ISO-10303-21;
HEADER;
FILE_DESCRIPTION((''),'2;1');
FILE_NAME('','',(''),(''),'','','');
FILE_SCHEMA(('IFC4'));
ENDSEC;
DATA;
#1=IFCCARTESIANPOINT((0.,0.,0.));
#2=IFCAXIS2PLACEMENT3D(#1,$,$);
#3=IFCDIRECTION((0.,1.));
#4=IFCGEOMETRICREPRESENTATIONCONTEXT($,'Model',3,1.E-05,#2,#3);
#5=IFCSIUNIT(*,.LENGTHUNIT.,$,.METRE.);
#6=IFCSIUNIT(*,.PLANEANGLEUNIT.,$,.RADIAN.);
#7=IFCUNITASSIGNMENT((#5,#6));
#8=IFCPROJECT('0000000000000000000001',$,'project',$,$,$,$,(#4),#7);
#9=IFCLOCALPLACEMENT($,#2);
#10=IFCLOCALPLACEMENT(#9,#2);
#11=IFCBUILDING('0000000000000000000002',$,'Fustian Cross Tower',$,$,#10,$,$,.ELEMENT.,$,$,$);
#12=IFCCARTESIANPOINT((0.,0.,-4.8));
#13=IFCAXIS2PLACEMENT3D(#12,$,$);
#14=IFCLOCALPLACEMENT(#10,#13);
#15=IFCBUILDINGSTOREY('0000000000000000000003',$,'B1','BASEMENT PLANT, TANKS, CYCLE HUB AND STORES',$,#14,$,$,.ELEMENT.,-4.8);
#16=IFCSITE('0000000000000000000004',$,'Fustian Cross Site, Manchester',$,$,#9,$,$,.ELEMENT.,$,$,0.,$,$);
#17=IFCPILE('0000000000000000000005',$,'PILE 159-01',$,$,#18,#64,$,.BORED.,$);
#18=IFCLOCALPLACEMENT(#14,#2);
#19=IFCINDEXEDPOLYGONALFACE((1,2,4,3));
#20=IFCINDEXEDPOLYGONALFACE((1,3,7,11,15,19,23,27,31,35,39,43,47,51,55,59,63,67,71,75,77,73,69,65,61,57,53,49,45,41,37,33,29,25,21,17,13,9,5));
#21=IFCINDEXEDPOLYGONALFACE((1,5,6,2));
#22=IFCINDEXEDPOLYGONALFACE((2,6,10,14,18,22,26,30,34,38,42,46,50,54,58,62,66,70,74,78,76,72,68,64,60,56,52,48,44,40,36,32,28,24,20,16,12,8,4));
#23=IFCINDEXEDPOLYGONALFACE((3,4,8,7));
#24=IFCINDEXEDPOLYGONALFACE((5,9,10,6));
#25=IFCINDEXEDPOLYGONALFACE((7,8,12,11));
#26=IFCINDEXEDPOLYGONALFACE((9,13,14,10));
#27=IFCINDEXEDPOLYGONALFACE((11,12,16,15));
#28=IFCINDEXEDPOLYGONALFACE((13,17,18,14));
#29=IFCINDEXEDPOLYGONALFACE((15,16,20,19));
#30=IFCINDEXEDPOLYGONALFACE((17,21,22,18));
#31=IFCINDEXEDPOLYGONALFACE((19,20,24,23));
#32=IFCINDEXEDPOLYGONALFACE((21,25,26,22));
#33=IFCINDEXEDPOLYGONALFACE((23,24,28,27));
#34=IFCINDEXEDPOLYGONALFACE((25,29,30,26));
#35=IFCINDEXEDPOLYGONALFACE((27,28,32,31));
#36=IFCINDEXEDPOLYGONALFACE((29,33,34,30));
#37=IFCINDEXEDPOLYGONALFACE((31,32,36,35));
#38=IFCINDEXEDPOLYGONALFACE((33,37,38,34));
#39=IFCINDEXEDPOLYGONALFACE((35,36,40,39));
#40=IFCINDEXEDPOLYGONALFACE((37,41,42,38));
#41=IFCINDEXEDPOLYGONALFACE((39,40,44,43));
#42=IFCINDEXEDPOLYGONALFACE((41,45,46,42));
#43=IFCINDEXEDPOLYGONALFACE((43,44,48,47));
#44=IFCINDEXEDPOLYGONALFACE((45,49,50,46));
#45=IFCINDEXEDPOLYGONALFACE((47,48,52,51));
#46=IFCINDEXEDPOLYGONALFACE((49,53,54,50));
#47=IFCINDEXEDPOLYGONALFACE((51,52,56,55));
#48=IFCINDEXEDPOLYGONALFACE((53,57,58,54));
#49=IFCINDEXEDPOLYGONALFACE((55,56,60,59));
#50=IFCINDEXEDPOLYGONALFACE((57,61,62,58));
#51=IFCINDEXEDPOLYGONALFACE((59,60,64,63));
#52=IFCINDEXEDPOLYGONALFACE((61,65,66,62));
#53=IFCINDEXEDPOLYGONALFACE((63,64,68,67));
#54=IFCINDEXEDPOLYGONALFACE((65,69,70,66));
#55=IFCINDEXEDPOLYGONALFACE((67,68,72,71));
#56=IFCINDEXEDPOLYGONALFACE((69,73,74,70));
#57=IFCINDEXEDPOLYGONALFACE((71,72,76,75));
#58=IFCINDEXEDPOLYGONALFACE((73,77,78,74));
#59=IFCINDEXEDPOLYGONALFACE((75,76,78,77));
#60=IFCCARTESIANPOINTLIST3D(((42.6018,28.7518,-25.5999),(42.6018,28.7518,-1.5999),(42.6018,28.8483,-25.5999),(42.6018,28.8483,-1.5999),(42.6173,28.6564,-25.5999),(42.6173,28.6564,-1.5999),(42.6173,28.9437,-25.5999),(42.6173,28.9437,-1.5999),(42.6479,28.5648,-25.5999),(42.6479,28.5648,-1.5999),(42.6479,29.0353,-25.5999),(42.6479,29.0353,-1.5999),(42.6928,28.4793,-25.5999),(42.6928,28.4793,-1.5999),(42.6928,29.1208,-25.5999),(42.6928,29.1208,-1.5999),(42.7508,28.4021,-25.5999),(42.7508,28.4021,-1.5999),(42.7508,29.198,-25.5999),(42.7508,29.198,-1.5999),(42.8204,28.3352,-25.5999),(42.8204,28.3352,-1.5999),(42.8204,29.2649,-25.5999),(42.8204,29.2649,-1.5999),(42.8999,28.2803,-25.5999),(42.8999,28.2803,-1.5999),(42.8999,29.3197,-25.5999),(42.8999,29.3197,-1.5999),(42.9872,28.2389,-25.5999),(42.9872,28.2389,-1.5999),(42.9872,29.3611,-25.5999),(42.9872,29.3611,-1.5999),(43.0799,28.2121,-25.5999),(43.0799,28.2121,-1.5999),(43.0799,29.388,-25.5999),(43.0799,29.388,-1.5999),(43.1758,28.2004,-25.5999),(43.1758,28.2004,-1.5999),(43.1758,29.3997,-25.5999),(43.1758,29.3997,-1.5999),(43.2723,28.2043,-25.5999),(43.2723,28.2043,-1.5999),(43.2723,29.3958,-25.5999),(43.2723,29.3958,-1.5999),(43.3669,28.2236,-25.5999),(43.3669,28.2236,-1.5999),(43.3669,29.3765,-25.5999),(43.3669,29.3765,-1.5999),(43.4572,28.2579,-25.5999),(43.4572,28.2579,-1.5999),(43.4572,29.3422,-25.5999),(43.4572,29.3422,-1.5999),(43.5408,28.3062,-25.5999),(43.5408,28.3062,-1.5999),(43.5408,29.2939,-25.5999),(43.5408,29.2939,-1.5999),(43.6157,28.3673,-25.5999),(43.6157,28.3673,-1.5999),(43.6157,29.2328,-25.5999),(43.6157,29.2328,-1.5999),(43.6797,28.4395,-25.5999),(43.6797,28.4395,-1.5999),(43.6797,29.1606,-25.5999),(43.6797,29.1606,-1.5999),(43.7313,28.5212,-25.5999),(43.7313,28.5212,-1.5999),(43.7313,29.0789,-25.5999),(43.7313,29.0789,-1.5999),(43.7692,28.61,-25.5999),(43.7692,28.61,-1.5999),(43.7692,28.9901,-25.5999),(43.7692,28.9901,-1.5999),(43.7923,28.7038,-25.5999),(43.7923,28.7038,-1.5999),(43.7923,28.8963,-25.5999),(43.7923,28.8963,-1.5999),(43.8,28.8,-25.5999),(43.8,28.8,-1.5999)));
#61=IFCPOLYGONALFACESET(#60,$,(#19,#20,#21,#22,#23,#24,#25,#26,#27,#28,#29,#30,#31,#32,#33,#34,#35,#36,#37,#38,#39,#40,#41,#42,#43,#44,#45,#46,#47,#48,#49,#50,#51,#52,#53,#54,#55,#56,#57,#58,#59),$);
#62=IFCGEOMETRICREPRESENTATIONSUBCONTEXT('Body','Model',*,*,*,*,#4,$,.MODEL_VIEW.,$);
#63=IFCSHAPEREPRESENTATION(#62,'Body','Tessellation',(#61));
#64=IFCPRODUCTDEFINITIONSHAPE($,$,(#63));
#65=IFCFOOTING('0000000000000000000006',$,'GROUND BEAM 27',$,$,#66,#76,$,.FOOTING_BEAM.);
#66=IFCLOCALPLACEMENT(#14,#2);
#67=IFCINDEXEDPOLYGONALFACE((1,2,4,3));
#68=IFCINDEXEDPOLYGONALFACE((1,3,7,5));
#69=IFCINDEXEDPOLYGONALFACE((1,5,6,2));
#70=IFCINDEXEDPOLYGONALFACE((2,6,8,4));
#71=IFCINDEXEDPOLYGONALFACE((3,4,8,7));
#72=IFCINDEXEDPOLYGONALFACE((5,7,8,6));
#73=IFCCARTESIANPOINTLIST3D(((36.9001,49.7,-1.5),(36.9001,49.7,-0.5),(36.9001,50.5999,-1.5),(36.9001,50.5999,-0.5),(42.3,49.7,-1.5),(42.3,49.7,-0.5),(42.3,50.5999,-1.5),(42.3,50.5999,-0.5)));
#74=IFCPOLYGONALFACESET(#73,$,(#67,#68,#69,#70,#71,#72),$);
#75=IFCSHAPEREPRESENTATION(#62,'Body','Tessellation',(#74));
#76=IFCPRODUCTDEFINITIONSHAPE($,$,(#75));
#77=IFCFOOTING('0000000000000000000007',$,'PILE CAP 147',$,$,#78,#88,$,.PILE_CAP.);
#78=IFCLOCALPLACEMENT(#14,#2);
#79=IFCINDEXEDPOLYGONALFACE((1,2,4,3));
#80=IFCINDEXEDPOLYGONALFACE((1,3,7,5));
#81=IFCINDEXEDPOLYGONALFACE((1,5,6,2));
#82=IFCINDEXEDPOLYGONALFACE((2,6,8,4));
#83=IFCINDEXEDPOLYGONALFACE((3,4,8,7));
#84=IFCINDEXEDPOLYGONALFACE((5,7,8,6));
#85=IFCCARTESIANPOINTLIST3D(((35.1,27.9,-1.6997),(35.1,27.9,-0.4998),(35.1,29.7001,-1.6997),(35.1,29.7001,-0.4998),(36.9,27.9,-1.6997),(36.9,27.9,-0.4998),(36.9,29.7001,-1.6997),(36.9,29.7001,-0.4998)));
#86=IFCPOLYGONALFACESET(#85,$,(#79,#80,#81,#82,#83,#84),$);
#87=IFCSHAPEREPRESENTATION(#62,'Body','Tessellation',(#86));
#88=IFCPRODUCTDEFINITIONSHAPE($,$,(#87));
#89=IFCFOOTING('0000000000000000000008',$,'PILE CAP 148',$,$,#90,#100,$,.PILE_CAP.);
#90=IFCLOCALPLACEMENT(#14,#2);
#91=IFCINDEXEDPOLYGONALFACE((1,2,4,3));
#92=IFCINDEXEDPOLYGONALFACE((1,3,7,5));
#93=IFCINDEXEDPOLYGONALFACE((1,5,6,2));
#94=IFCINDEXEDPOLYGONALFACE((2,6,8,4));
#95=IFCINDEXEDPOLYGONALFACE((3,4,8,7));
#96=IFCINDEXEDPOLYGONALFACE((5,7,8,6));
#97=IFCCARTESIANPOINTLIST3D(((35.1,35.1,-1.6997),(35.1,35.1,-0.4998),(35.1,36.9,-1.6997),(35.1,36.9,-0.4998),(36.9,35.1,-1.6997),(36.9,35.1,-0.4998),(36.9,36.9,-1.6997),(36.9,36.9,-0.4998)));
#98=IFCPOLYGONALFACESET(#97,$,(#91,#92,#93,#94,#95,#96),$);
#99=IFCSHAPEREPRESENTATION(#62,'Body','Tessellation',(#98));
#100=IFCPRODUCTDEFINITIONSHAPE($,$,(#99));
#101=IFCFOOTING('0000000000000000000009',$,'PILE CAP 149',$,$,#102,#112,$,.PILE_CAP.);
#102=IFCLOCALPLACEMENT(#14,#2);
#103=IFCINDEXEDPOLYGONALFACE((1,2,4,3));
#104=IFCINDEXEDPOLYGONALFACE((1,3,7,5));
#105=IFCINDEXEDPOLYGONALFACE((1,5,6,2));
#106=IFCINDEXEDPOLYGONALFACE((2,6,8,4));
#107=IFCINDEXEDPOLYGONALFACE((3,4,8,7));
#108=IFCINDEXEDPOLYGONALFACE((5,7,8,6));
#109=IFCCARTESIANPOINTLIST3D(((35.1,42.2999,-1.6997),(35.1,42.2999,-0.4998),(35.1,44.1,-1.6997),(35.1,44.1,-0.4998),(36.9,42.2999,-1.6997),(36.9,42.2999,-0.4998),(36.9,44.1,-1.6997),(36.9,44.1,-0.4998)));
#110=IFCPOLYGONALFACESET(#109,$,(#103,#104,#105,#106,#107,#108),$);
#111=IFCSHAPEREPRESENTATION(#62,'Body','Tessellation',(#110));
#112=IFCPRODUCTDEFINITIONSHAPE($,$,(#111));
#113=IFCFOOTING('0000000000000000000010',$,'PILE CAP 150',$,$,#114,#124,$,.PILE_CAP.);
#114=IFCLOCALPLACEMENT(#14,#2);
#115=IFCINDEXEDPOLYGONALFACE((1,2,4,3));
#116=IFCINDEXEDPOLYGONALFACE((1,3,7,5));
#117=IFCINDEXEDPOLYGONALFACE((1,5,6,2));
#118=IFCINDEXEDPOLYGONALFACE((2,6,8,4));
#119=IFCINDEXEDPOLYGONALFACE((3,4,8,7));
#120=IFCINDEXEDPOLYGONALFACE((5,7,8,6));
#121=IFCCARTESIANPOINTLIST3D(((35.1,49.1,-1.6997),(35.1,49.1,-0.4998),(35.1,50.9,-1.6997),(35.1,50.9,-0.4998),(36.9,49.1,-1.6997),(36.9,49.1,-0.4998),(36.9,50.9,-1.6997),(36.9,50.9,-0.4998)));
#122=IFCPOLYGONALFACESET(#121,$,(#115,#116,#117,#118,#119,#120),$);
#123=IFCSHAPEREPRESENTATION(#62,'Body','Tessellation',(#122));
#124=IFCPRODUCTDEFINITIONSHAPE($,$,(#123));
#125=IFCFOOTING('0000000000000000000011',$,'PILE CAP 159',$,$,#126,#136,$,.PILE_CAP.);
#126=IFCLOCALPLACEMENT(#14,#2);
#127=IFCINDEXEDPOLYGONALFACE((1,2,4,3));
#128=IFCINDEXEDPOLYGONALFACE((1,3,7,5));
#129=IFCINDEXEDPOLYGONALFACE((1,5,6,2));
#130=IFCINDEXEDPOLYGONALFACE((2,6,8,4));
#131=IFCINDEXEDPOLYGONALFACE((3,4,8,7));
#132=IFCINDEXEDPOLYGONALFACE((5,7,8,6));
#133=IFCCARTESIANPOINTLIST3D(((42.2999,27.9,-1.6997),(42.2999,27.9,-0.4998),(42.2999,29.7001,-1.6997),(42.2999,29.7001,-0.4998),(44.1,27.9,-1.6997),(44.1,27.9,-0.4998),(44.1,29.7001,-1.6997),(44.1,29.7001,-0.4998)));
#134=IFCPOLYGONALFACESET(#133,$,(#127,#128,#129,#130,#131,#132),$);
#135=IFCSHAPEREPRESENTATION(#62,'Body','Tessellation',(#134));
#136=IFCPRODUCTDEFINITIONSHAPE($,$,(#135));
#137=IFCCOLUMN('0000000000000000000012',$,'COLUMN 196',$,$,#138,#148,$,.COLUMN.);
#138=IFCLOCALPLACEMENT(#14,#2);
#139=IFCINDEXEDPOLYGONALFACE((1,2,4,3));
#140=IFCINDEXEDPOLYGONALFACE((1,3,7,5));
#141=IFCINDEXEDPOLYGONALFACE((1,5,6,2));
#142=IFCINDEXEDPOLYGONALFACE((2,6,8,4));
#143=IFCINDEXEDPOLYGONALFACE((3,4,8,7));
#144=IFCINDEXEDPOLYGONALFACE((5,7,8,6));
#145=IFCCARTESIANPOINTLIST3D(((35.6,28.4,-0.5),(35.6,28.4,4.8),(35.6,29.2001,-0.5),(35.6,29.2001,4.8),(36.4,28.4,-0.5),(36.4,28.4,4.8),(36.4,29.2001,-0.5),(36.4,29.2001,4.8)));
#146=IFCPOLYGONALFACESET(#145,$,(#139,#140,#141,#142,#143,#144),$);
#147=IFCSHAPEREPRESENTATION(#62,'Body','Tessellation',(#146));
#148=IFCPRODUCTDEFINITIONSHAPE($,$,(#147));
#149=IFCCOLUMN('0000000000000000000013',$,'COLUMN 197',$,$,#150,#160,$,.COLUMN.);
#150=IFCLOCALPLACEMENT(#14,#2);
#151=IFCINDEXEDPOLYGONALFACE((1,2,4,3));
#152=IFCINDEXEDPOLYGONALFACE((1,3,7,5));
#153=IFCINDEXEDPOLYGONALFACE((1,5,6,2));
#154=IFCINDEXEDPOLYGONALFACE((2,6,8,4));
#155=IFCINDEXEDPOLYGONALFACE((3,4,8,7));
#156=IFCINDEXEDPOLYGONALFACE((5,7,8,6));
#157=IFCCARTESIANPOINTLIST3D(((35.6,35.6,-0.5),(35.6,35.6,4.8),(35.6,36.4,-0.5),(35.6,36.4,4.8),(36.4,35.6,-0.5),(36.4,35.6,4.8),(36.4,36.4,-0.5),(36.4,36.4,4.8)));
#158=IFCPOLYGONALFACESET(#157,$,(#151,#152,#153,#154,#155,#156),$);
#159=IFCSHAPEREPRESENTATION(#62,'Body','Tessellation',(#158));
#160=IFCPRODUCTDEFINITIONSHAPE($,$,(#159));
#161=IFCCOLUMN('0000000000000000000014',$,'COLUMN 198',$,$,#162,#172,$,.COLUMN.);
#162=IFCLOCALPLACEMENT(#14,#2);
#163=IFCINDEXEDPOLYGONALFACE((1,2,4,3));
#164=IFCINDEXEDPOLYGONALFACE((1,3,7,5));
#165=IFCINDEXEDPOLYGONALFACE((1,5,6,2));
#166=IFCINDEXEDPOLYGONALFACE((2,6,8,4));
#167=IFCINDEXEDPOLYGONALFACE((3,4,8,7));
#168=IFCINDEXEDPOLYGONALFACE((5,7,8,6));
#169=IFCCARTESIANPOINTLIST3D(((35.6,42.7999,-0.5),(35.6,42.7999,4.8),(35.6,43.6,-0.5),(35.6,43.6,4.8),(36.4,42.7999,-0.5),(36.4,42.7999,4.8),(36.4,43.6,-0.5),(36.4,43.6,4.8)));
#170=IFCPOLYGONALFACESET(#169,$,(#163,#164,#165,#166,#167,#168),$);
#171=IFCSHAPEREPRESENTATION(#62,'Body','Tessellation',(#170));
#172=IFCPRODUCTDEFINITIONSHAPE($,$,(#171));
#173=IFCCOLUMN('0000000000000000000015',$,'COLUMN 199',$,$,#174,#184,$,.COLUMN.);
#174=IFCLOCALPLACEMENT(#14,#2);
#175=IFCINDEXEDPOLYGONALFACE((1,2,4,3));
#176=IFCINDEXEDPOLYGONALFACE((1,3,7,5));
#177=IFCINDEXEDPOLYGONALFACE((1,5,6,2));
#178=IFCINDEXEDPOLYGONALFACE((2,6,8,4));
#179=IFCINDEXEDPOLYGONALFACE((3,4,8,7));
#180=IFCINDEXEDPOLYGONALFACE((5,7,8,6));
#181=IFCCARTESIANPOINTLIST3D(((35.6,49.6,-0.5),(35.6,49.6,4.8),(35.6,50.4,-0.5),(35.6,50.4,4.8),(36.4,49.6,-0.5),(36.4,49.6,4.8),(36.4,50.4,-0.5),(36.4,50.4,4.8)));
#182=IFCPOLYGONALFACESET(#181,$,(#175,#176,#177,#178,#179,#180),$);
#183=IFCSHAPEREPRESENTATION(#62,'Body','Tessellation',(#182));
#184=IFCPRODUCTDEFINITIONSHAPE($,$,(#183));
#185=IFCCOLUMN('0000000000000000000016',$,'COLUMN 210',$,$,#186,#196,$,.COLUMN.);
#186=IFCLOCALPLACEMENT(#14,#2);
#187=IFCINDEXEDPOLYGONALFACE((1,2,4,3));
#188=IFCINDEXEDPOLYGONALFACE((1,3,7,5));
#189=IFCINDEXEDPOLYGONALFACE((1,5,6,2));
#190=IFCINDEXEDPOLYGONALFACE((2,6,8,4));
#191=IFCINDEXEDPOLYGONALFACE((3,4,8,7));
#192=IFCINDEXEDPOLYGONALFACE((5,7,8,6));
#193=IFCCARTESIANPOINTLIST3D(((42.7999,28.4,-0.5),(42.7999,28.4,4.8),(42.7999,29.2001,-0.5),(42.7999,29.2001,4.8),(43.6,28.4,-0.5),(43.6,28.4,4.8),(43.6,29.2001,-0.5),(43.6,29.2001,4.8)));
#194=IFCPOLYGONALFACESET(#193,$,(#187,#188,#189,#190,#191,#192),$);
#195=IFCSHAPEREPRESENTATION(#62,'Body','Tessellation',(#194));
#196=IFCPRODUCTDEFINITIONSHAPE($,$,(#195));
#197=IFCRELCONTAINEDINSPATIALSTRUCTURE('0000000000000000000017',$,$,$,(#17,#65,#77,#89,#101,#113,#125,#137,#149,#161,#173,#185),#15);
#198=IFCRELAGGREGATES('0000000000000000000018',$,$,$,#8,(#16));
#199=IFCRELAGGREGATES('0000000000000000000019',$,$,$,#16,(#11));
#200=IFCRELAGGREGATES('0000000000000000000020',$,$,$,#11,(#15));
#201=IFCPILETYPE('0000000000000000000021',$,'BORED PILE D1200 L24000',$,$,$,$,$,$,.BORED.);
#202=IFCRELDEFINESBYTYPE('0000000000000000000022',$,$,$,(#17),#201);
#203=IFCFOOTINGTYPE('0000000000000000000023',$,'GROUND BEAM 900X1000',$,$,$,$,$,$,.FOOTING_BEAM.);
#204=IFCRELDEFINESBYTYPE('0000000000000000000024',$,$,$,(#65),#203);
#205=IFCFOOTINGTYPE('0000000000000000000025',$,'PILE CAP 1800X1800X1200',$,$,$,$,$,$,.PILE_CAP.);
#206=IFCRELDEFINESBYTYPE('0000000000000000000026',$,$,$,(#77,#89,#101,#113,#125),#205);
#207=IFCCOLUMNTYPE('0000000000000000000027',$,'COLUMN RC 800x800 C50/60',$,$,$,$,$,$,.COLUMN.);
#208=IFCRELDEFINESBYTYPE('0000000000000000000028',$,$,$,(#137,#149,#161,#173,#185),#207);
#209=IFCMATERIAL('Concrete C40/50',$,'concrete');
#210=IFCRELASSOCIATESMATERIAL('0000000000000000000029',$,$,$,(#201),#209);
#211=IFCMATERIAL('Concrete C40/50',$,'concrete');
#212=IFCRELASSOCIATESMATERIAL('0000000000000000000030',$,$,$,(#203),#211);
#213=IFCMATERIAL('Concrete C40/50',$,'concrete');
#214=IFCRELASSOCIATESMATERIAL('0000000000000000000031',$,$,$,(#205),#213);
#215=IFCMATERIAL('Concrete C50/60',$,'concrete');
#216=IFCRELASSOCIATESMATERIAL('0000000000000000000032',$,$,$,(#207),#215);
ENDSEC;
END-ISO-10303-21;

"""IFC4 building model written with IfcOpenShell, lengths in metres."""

from ifc_helpers import new_model, si_unit, direction, frame, origin, origin_2d, place, context, subcontext, project, spatial, rectangle, circle, extrude, material, material_profile, profile_set, type_object, element, save


model = new_model("IFC4")

# Units and contexts
model_context = context("Model", 3, precision=1e-05, world=origin(), true_north=direction((0.0, 1.0)))
body_context = subcontext(model_context, "Body", "Model", "MODEL_VIEW")
ifc_project = project(units=[si_unit("LENGTHUNIT", "METRE"), si_unit("PLANEANGLEUNIT", "RADIAN")], contexts=[model_context])

# Site, building, storey
site_placement = place(None, origin())
site = spatial("IfcSite", under=ifc_project, at=site_placement, Name="Fustian Cross Site, Manchester", CompositionType="ELEMENT", RefElevation=0.0)
building_placement = place(site_placement, origin())
building = spatial("IfcBuilding", under=site, at=building_placement, Name="Fustian Cross Tower", CompositionType="ELEMENT")
storey_placement = place(building_placement, frame((0.0, 0.0, -4.8)))
storey = spatial("IfcBuildingStorey", under=building, at=storey_placement, Name="B1", Description="BASEMENT PLANT, TANKS, CYCLE HUB AND STORES", CompositionType="ELEMENT", Elevation=-4.8)

# Pile
ifc_material_1 = material(Name="Concrete C40/50", Category="concrete")
ifc_material_profile_1 = material_profile(ifc_material_1, circle(Radius=0.6001, at=origin_2d()), Name="BORED PILE D1200 L24000")
ifc_profile_set_1 = profile_set([ifc_material_profile_1], Name="Concrete C40/50")
pile_type = type_object("IfcPileType", Name="BORED PILE D1200 L24000", PredefinedType="BORED", material=ifc_profile_set_1)
for number, where, z_axis, x_axis, name in (
    (1, (43.2, 28.8, -1.5999), (0.0, 0.0, -1.0), (1.0, 0.0, 0.0), "PILE 159-01"),
):
    element("IfcPile", number, at=place(storey_placement, frame(where, z_axis=z_axis, x_axis=x_axis)), inside=storey, type_object=pile_type, Name=name, PredefinedType="BORED", context=body_context, shape_type="SweptSolid", body=[
        extrude(circle(Radius=0.6001, at=origin_2d()), origin(), (0.0, 0.0, 1.0), 24.0),
    ])

# Footings
ifc_material_2 = material(Name="Concrete C40/50", Category="concrete")
footing_type_1 = type_object("IfcFootingType", Name="GROUND BEAM 900X1000", PredefinedType="FOOTING_BEAM", material=ifc_material_2)
footing_placement = place(storey_placement, frame((39.6001, 50.1499, -1.5), z_axis=(0.0, 0.0, 1.0), x_axis=(1.0, 0.0, 0.0)))
element("IfcFooting", 2, at=footing_placement, inside=storey, type_object=footing_type_1, Name="GROUND BEAM 27", PredefinedType="FOOTING_BEAM", context=body_context, shape_type="SweptSolid", body=[
    extrude(rectangle(XDim=5.3999, YDim=0.8999, at=origin_2d()), origin(), (0.0, 0.0, 1.0), 1.0),
])
ifc_material_3 = material(Name="Concrete C40/50", Category="concrete")
footing_type_2 = type_object("IfcFootingType", Name="PILE CAP 1800X1800X1200", PredefinedType="PILE_CAP", material=ifc_material_3)
for number, where, z_axis, x_axis, name in (
    (3, (36.0, 28.8, -1.6997), (0.0, 0.0, 1.0), (1.0, 0.0, 0.0), "PILE CAP 147"),
    (4, (36.0, 36.0, -1.6997), (0.0, 0.0, 1.0), (1.0, 0.0, 0.0), "PILE CAP 148"),
    (5, (36.0, 43.2, -1.6997), (0.0, 0.0, 1.0), (1.0, 0.0, 0.0), "PILE CAP 149"),
    (6, (36.0, 50.0, -1.6997), (0.0, 0.0, 1.0), (1.0, 0.0, 0.0), "PILE CAP 150"),
    (7, (43.2, 28.8, -1.6997), (0.0, 0.0, 1.0), (1.0, 0.0, 0.0), "PILE CAP 159"),
):
    element("IfcFooting", number, at=place(storey_placement, frame(where, z_axis=z_axis, x_axis=x_axis)), inside=storey, type_object=footing_type_2, Name=name, PredefinedType="PILE_CAP", context=body_context, shape_type="SweptSolid", body=[
        extrude(rectangle(XDim=1.8, YDim=1.8, at=origin_2d()), origin(), (0.0, 0.0, 1.0), 1.2),
    ])

# Columns
ifc_material_4 = material(Name="Concrete C50/60", Category="concrete")
ifc_material_profile_2 = material_profile(ifc_material_4, rectangle(XDim=0.8, YDim=0.8, at=origin_2d()), Name="RC 800x800")
ifc_profile_set_2 = profile_set([ifc_material_profile_2], Name="Concrete C50/60")
column_type = type_object("IfcColumnType", Name="COLUMN RC 800x800 C50/60", PredefinedType="COLUMN", material=ifc_profile_set_2)
for number, where, z_axis, x_axis, name in (
    (8, (36.0, 28.8, -0.5), (0.0, 0.0, 1.0), (1.0, 0.0, 0.0), "COLUMN 196"),
    (9, (36.0, 36.0, -0.5), (0.0, 0.0, 1.0), (1.0, 0.0, 0.0), "COLUMN 197"),
    (10, (36.0, 43.2, -0.5), (0.0, 0.0, 1.0), (1.0, 0.0, 0.0), "COLUMN 198"),
    (11, (36.0, 50.0, -0.5), (0.0, 0.0, 1.0), (1.0, 0.0, 0.0), "COLUMN 199"),
    (12, (43.2, 28.8, -0.5), (0.0, 0.0, 1.0), (1.0, 0.0, 0.0), "COLUMN 210"),
):
    element("IfcColumn", number, at=place(storey_placement, frame(where, z_axis=z_axis, x_axis=x_axis)), inside=storey, type_object=column_type, Name=name, PredefinedType="COLUMN", context=body_context, shape_type="SweptSolid", body=[
        extrude(rectangle(XDim=0.8, YDim=0.8, at=origin_2d()), origin(), (0.0, 0.0, 1.0), 5.3),
    ])

save(model, "model.ifc")
